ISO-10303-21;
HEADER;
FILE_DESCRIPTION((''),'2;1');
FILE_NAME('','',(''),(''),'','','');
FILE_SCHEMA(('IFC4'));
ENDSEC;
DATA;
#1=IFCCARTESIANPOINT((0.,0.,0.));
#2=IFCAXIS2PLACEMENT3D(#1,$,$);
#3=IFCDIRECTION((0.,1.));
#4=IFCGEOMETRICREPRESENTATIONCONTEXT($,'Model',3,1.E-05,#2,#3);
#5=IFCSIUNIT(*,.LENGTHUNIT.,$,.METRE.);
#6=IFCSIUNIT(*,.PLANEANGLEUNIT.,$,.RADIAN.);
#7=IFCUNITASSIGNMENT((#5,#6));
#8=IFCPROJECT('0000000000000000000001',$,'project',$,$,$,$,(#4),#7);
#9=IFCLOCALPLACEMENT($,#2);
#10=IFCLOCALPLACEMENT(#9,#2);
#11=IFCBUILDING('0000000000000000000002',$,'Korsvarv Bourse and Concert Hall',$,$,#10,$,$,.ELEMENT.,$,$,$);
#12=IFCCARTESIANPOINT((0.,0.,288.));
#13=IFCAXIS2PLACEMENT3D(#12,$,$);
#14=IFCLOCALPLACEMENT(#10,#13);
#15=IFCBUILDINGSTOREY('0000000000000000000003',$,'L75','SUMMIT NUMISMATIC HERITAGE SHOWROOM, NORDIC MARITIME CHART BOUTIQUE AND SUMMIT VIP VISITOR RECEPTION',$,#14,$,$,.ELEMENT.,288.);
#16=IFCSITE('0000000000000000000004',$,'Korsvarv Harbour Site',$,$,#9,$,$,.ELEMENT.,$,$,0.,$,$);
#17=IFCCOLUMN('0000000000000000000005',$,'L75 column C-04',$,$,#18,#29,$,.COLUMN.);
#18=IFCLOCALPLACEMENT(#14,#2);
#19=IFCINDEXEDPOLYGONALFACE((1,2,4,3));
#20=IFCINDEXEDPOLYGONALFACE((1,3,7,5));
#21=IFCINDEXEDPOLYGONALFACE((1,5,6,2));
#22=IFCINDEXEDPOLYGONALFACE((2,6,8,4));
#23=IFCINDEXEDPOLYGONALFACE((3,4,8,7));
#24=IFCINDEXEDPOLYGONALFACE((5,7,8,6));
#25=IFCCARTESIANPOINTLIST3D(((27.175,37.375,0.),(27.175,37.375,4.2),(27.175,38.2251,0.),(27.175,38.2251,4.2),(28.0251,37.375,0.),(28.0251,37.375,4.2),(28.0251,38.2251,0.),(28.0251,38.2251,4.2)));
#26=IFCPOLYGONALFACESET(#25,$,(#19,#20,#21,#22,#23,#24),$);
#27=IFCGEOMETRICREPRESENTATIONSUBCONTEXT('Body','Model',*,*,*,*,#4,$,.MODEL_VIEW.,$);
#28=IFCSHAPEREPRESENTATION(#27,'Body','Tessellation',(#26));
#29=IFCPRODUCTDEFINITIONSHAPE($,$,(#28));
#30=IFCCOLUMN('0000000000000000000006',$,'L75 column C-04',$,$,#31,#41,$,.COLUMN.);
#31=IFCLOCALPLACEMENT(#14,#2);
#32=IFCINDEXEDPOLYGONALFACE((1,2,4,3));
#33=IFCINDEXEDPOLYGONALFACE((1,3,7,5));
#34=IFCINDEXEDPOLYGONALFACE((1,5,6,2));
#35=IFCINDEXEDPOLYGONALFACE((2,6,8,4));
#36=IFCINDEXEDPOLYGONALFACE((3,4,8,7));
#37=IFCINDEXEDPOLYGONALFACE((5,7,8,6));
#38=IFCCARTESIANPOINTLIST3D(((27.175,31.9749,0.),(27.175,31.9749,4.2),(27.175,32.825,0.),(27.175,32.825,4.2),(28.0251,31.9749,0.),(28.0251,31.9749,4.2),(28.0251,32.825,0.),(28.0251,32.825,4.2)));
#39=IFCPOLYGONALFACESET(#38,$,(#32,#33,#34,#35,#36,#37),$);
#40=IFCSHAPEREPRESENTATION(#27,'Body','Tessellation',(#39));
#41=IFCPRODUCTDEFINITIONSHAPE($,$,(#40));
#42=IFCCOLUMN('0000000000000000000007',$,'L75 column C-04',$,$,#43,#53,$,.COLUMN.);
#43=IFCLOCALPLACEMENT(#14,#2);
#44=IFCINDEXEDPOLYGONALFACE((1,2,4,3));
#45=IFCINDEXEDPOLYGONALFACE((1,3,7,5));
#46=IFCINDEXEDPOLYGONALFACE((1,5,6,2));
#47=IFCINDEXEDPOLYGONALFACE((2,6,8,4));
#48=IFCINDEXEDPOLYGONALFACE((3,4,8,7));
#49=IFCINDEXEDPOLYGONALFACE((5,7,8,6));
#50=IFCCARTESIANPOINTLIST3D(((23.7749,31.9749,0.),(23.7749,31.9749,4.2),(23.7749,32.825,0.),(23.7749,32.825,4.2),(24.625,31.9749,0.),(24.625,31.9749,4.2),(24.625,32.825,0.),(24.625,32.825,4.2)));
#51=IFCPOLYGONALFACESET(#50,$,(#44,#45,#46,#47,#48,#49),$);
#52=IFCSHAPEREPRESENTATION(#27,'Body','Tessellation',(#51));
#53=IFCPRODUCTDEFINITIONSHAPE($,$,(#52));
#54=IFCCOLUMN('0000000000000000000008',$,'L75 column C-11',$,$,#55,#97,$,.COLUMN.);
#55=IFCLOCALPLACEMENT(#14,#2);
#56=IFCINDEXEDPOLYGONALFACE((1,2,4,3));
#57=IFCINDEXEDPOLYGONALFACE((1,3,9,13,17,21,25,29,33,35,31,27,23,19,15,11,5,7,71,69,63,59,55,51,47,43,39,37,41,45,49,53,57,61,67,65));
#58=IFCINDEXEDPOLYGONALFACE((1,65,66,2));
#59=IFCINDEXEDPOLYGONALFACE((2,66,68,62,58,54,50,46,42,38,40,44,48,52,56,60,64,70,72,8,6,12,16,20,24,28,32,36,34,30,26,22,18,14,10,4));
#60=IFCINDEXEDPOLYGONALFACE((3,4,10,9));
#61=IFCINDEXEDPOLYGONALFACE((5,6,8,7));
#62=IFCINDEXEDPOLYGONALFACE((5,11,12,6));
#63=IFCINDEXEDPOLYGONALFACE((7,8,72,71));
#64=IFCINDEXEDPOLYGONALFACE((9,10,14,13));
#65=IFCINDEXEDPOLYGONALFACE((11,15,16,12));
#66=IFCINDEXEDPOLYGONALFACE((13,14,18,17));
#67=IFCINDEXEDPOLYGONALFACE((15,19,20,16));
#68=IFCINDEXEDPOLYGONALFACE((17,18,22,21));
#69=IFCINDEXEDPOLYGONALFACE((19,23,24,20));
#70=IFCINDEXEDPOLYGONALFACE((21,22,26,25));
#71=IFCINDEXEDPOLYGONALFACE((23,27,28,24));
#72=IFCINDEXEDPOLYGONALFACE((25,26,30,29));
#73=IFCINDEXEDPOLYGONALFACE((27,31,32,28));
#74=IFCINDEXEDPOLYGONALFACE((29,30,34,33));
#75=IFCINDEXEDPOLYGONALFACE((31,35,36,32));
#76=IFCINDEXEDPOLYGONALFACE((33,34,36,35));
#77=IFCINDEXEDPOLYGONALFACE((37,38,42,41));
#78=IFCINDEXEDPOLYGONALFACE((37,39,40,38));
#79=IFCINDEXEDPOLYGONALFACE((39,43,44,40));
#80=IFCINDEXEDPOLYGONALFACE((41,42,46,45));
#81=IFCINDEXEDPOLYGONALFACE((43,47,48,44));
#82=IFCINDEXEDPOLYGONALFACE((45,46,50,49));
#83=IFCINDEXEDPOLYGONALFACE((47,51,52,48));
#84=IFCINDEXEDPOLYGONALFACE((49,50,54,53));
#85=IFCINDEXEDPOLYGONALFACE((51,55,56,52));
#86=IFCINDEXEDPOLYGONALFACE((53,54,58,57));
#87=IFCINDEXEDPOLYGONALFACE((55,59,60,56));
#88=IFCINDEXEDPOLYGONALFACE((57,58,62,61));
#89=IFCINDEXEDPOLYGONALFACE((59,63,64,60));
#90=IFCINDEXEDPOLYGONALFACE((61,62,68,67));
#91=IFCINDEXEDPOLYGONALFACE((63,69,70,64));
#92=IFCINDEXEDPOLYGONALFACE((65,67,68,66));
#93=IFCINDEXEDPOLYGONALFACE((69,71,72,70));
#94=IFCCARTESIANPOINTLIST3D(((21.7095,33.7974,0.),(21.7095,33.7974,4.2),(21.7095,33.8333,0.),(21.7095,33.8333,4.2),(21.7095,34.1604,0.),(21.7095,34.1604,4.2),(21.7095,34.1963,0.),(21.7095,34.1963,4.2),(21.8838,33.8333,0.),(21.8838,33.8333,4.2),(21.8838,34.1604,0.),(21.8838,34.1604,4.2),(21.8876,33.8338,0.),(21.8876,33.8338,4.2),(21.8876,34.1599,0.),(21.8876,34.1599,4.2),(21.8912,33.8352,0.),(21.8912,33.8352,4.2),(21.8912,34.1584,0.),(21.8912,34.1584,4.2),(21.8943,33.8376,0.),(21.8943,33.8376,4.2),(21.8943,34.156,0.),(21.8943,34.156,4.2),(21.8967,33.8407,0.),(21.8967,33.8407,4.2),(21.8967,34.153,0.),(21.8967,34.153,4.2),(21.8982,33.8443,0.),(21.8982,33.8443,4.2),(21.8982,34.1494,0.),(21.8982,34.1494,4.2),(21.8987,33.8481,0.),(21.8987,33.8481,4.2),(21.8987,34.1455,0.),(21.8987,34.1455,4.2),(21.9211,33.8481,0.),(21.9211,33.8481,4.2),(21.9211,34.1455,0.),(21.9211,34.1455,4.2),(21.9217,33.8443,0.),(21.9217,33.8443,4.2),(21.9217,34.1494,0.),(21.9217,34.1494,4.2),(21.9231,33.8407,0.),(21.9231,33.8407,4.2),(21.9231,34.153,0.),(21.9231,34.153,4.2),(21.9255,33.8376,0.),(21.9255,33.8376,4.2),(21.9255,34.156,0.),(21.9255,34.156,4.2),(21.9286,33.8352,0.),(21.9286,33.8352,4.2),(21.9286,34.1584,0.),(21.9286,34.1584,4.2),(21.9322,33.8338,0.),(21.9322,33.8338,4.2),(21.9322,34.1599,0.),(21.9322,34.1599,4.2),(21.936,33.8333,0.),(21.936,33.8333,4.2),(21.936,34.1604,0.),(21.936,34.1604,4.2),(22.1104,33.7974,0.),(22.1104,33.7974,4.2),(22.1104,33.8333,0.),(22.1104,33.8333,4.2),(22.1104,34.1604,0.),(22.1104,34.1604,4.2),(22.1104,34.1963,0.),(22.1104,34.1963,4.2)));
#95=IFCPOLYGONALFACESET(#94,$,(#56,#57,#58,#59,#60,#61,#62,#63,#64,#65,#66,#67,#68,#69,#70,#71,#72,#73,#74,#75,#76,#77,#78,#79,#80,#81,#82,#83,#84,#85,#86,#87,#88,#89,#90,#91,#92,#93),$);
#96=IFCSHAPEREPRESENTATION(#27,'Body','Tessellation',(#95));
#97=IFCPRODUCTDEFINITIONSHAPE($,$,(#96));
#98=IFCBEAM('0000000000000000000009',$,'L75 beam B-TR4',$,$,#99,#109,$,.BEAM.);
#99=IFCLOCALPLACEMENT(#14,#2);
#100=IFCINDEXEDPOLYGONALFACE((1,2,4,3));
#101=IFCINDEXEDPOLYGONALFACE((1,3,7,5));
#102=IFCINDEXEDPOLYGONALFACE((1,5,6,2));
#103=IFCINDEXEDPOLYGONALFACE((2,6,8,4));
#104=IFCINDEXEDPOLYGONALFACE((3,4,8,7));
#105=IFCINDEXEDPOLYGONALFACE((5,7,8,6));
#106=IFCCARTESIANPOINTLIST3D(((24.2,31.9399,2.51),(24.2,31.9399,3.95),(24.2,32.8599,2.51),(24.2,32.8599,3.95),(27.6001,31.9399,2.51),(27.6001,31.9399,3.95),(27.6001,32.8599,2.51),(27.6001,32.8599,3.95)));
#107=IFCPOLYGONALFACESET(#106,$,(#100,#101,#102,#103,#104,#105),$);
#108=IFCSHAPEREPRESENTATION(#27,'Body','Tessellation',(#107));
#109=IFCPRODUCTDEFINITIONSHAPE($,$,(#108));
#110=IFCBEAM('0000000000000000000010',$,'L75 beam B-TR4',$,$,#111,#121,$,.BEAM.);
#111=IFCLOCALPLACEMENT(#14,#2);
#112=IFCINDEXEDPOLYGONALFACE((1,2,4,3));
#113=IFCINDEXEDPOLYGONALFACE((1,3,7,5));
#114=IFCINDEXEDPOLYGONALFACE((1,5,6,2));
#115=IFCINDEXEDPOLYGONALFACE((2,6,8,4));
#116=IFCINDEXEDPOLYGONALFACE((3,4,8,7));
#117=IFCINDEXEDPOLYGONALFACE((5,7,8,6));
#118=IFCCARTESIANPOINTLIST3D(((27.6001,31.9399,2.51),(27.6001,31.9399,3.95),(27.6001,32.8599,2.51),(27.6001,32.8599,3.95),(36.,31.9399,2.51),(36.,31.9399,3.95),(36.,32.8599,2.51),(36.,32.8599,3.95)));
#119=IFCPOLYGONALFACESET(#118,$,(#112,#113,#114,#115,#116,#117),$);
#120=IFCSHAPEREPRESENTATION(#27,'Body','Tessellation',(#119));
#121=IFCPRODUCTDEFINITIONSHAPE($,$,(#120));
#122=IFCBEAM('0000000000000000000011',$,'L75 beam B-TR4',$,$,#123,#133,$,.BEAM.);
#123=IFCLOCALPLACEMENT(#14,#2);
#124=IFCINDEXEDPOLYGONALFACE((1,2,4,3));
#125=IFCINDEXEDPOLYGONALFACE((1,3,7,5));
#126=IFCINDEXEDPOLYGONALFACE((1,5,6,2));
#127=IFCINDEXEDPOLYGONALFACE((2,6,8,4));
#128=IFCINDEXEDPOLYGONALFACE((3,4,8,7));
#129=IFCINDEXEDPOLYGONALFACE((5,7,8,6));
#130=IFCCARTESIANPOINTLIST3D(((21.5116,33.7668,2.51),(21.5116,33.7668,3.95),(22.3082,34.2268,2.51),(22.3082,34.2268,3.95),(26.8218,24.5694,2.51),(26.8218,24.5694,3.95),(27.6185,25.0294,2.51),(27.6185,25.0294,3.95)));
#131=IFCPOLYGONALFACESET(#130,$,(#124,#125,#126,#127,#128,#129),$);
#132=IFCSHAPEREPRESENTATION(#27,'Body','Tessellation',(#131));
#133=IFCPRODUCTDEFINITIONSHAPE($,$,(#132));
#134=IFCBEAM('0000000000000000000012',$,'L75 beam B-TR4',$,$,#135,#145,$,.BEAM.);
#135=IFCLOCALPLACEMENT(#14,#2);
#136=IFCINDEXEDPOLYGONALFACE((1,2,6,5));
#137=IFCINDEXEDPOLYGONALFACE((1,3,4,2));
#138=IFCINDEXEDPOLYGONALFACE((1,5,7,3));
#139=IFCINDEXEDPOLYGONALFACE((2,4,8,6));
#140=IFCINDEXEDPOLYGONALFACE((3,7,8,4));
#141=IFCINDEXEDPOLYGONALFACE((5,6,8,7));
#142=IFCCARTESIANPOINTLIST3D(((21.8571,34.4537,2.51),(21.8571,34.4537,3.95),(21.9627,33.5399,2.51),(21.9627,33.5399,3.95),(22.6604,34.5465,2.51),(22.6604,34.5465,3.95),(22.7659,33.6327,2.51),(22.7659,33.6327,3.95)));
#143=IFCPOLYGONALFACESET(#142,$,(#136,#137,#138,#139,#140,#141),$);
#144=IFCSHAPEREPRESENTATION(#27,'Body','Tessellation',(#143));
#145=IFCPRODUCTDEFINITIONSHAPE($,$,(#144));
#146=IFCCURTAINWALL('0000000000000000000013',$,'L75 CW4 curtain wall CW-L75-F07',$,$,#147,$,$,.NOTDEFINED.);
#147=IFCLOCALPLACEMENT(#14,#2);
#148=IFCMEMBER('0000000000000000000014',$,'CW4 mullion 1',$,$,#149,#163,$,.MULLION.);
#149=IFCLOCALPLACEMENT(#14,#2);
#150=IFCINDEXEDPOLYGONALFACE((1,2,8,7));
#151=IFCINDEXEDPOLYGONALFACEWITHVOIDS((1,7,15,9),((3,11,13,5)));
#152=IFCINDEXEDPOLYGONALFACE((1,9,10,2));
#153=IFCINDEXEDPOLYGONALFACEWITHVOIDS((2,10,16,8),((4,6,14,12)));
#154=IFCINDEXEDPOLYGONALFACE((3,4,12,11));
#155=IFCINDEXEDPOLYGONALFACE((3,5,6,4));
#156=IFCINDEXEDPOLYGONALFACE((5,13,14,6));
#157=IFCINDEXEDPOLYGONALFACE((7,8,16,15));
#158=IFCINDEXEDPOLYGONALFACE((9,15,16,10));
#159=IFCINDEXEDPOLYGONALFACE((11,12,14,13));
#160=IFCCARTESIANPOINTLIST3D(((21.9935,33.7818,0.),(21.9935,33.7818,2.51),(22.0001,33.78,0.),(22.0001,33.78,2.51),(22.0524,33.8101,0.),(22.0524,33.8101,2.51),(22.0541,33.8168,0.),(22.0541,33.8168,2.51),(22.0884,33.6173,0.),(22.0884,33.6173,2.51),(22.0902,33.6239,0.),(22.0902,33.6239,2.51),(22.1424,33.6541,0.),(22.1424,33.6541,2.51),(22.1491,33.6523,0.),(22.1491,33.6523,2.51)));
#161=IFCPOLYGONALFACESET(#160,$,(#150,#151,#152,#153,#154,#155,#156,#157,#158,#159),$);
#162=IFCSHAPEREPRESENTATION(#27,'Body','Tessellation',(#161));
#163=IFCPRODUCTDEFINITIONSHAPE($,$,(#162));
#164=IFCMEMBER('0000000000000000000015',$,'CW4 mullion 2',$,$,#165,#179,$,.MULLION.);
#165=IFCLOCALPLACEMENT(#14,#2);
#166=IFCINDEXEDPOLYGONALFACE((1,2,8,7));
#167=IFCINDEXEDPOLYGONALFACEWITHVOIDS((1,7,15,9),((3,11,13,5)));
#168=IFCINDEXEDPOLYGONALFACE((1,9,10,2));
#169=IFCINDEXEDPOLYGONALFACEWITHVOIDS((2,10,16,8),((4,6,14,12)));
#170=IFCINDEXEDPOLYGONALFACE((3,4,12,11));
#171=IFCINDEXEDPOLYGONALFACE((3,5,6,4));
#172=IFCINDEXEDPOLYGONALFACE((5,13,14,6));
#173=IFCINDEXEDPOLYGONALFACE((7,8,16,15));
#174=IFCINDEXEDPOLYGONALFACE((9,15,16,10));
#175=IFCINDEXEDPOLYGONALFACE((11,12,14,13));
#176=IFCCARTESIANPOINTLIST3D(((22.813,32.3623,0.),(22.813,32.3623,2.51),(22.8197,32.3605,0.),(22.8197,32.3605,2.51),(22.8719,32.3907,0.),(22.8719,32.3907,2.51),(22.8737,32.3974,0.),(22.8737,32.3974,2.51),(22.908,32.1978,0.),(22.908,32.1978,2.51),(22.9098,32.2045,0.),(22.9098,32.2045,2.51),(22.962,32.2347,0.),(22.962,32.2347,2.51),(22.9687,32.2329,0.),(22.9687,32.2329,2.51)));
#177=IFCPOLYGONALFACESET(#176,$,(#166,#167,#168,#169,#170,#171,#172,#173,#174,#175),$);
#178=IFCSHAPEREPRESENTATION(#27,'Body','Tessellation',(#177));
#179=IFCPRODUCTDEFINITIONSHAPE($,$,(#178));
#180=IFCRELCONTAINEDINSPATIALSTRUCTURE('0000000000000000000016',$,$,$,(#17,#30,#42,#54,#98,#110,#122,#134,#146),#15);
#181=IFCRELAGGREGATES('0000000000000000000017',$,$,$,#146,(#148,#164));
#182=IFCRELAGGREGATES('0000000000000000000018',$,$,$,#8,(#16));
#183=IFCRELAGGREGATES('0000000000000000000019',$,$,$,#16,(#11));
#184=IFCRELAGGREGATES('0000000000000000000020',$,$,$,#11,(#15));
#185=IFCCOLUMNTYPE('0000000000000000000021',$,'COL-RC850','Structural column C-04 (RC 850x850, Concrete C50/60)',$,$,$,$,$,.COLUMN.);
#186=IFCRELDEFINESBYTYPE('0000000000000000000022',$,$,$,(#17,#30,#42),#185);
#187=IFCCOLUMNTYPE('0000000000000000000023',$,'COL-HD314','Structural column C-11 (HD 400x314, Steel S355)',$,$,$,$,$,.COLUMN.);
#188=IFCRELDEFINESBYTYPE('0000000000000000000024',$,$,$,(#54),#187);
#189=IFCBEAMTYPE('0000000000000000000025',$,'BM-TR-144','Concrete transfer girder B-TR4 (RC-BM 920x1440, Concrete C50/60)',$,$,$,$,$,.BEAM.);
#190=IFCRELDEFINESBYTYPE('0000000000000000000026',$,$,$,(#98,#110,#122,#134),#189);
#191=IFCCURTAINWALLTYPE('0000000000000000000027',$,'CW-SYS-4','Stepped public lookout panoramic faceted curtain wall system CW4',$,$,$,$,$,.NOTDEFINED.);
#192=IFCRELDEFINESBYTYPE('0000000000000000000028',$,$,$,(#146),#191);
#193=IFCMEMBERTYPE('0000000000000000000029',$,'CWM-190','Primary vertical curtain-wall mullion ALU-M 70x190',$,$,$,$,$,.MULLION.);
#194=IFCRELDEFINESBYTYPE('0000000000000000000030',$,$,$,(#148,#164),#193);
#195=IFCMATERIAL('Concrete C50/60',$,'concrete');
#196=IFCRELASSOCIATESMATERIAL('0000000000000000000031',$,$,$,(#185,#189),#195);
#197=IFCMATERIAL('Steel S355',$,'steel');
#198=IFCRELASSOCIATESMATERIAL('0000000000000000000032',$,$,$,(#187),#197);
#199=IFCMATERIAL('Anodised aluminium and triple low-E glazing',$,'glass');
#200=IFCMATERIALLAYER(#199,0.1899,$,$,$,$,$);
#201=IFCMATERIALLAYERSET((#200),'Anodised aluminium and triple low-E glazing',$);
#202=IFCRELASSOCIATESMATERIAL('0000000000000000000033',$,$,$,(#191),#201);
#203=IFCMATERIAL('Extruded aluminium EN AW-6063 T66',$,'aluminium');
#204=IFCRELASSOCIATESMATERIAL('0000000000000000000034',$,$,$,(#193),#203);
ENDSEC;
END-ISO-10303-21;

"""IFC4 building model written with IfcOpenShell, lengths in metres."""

from ifc_helpers import new_model, si_unit, direction, frame, origin, origin_2d, place, context, subcontext, project, spatial, rectangle, hollow_rectangle, i_section, extrude, source, transform, mapped, material, layer, layer_set, material_profile, profile_set, type_object, element, aggregate, save


model = new_model("IFC4")

# Units and contexts
model_context = context("Model", 3, precision=1e-05, world=origin(), true_north=direction((0.0, 1.0)))
body_context = subcontext(model_context, "Body", "Model", "MODEL_VIEW")
ifc_project = project(units=[si_unit("LENGTHUNIT", "METRE"), si_unit("PLANEANGLEUNIT", "RADIAN")], contexts=[model_context])

# Site, building, storey
site_placement = place(None, origin())
site = spatial("IfcSite", under=ifc_project, at=site_placement, Name="Korsvarv Harbour Site", CompositionType="ELEMENT", RefElevation=0.0)
building_placement = place(site_placement, origin())
building = spatial("IfcBuilding", under=site, at=building_placement, Name="Korsvarv Bourse and Concert Hall", CompositionType="ELEMENT")
storey_placement = place(building_placement, frame((0.0, 0.0, 288.0)))
storey = spatial("IfcBuildingStorey", under=building, at=storey_placement, Name="L75", Description="SUMMIT NUMISMATIC HERITAGE SHOWROOM, NORDIC MARITIME CHART BOUTIQUE AND SUMMIT VIP VISITOR RECEPTION", CompositionType="ELEMENT", Elevation=288.0)

# Columns
ifc_material_1 = material(Name="Concrete C50/60", Category="concrete")
ifc_material_profile_1 = material_profile(ifc_material_1, rectangle(XDim=0.8501, YDim=0.8501, at=origin_2d()), Name="RC 850x850")
ifc_profile_set_1 = profile_set([ifc_material_profile_1], Name="Concrete C50/60")
column_type_1 = type_object("IfcColumnType", Name="COL-RC850", Description="Structural column C-04 (RC 850x850, Concrete C50/60)", PredefinedType="COLUMN", material=ifc_profile_set_1)
shared_shape_1 = source(origin(), body_context, "Body", "SweptSolid", [
    extrude(rectangle(XDim=0.8501, YDim=0.8501, at=origin_2d()), origin(), (0.0, 0.0, 1.0), 4.2),
])
for number, where, z_axis, x_axis, name in (
    (1, (27.6001, 37.8, 0.0), (0.0, 0.0, 1.0), (1.0, 0.0, 0.0), "L75 column C-04"),
    (2, (27.6001, 32.3999, 0.0), (0.0, 0.0, 1.0), (1.0, 0.0, 0.0), "L75 column C-04"),
    (3, (24.2, 32.3999, 0.0), (0.0, 0.0, 1.0), (1.0, 0.0, 0.0), "L75 column C-04"),
):
    element("IfcColumn", number, at=place(storey_placement, frame(where, z_axis=z_axis, x_axis=x_axis)), inside=storey, type_object=column_type_1, Name=name, PredefinedType="COLUMN", context=body_context, shape_type="MappedRepresentation", body=[
        mapped(shared_shape_1, transform((0.0, 0.0, 0.0), scale=1.0)),
    ])
ifc_material_2 = material(Name="Steel S355", Category="steel")
ifc_material_profile_2 = material_profile(ifc_material_2, i_section(OverallWidth=0.4009, OverallDepth=0.3989, WebThickness=0.0225, FlangeThickness=0.0359, FilletRadius=0.0149, at=origin_2d()), Name="HD 400x314")
ifc_profile_set_2 = profile_set([ifc_material_profile_2], Name="Steel S355")
column_type_2 = type_object("IfcColumnType", Name="COL-HD314", Description="Structural column C-11 (HD 400x314, Steel S355)", PredefinedType="COLUMN", material=ifc_profile_set_2)
shared_shape_2 = source(origin(), body_context, "Body", "SweptSolid", [
    extrude(i_section(OverallWidth=0.4009, OverallDepth=0.3989, WebThickness=0.0225, FlangeThickness=0.0359, FilletRadius=0.0149, at=origin_2d()), origin(), (0.0, 0.0, 1.0), 4.2),
])
column_placement = place(storey_placement, frame((21.9099, 33.9968, 0.0), z_axis=(0.0, 0.0, 1.0), x_axis=(1.0, 0.0, 0.0)))
element("IfcColumn", 4, at=column_placement, inside=storey, type_object=column_type_2, Name="L75 column C-11", PredefinedType="COLUMN", context=body_context, shape_type="MappedRepresentation", body=[
    mapped(shared_shape_2, transform((0.0, 0.0, 0.0), scale=1.0)),
])

# Beams
ifc_material_profile_3 = material_profile(ifc_material_1, rectangle(XDim=0.9199, YDim=1.4399, at=origin_2d()), Name="RC-BM 920x1440")
ifc_profile_set_3 = profile_set([ifc_material_profile_3], Name="Concrete C50/60")
beam_type = type_object("IfcBeamType", Name="BM-TR-144", Description="Concrete transfer girder B-TR4 (RC-BM 920x1440, Concrete C50/60)", PredefinedType="BEAM", material=ifc_profile_set_3)
shared_shape_3 = source(origin(), body_context, "Body", "SweptSolid", [
    extrude(rectangle(XDim=0.9199, YDim=1.4399, at=origin_2d()), origin(), (0.0, 0.0, 1.0), 3.4001),
])
beam_1_placement = place(storey_placement, frame((24.2, 32.3999, 3.23), z_axis=(1.0, 0.0, 0.0), x_axis=(0.0, 1.0, 0.0)))
element("IfcBeam", 5, at=beam_1_placement, inside=storey, type_object=beam_type, Name="L75 beam B-TR4", PredefinedType="BEAM", context=body_context, shape_type="MappedRepresentation", body=[
    mapped(shared_shape_3, transform((0.0, 0.0, 0.0), scale=1.0)),
])
shared_shape_4 = source(origin(), body_context, "Body", "SweptSolid", [
    extrude(rectangle(XDim=0.9199, YDim=1.4399, at=origin_2d()), origin(), (0.0, 0.0, 1.0), 8.3999),
])
beam_2_placement = place(storey_placement, frame((27.6001, 32.3999, 3.23), z_axis=(1.0, 0.0, 0.0), x_axis=(0.0, 1.0, 0.0)))
element("IfcBeam", 6, at=beam_2_placement, inside=storey, type_object=beam_type, Name="L75 beam B-TR4", PredefinedType="BEAM", context=body_context, shape_type="MappedRepresentation", body=[
    mapped(shared_shape_4, transform((0.0, 0.0, 0.0), scale=1.0)),
])
shared_shape_5 = source(origin(), body_context, "Body", "SweptSolid", [
    extrude(rectangle(XDim=0.9199, YDim=1.4399, at=origin_2d()), origin(), (0.0, 0.0, 1.0), 10.6204),
])
beam_3_placement = place(storey_placement, frame((21.9099, 33.9968, 3.23), z_axis=(0.500008, -0.866021, 0.0), x_axis=(0.866021, 0.500008, 0.0)))
element("IfcBeam", 7, at=beam_3_placement, inside=storey, type_object=beam_type, Name="L75 beam B-TR4", PredefinedType="BEAM", context=body_context, shape_type="MappedRepresentation", body=[
    mapped(shared_shape_5, transform((0.0, 0.0, 0.0), scale=1.0)),
])
shared_shape_6 = source(origin(), body_context, "Body", "SweptSolid", [
    extrude(rectangle(XDim=0.9199, YDim=1.4399, at=origin_2d()), origin(), (0.0, 0.0, 1.0), 0.8086),
])
beam_4_placement = place(storey_placement, frame((21.9099, 33.9968, 3.23), z_axis=(0.993396, 0.114739, 0.0), x_axis=(-0.114739, 0.993396, 0.0)))
element("IfcBeam", 8, at=beam_4_placement, inside=storey, type_object=beam_type, Name="L75 beam B-TR4", PredefinedType="BEAM", context=body_context, shape_type="MappedRepresentation", body=[
    mapped(shared_shape_6, transform((0.0, 0.0, 0.0), scale=1.0)),
])

# Curtain wall, members
ifc_material_3 = material(Name="Anodised aluminium and triple low-E glazing", Category="glass")
ifc_layer_1 = layer(ifc_material_3, 0.1899)
ifc_layer_set_1 = layer_set([ifc_layer_1], Name="Anodised aluminium and triple low-E glazing")
curtain_wall_type = type_object("IfcCurtainWallType", Name="CW-SYS-4", Description="Stepped public lookout panoramic faceted curtain wall system CW4", PredefinedType="NOTDEFINED", material=ifc_layer_set_1)
curtain_wall_placement = place(storey_placement, origin())
curtain_wall = element("IfcCurtainWall", 9, at=curtain_wall_placement, inside=storey, type_object=curtain_wall_type, Name="L75 CW4 curtain wall CW-L75-F07", PredefinedType="NOTDEFINED")
ifc_material_4 = material(Name="Extruded aluminium EN AW-6063 T66", Category="aluminium")
ifc_material_profile_4 = material_profile(ifc_material_4, hollow_rectangle(XDim=0.0701, YDim=0.1899, WallThickness=0.0049, at=origin_2d()), Name="ALU-M 70x190")
ifc_profile_set_4 = profile_set([ifc_material_profile_4], Name="Extruded aluminium EN AW-6063 T66")
member_type_1 = type_object("IfcMemberType", Name="CWM-190", Description="Primary vertical curtain-wall mullion ALU-M 70x190", PredefinedType="MULLION", material=ifc_profile_set_4)
shared_shape_7 = source(origin(), body_context, "Body", "SweptSolid", [
    extrude(hollow_rectangle(XDim=0.0701, YDim=0.1899, WallThickness=0.0049, at=origin_2d()), origin(), (0.0, 0.0, 1.0), 2.51),
])
member_1_placement = place(storey_placement, frame((22.0713, 33.717, 0.0), z_axis=(0.0, 0.0, 1.0), x_axis=(0.866023, 0.500005, 0.0)))
member_1 = element("IfcMember", 10, at=member_1_placement, type_object=member_type_1, Name="CW4 mullion 1", PredefinedType="MULLION", context=body_context, shape_type="MappedRepresentation", body=[
    mapped(shared_shape_7, transform((0.0, 0.0, 0.0), scale=1.0)),
])
member_2_placement = place(storey_placement, frame((22.8909, 32.2976, 0.0), z_axis=(0.0, 0.0, 1.0), x_axis=(0.866023, 0.500005, 0.0)))
member_2 = element("IfcMember", 11, at=member_2_placement, type_object=member_type_1, Name="CW4 mullion 2", PredefinedType="MULLION", context=body_context, shape_type="MappedRepresentation", body=[
    mapped(shared_shape_7, transform((0.0, 0.0, 0.0), scale=1.0)),
])
aggregate(curtain_wall, [member_1, member_2])

save(model, "model.ifc")
